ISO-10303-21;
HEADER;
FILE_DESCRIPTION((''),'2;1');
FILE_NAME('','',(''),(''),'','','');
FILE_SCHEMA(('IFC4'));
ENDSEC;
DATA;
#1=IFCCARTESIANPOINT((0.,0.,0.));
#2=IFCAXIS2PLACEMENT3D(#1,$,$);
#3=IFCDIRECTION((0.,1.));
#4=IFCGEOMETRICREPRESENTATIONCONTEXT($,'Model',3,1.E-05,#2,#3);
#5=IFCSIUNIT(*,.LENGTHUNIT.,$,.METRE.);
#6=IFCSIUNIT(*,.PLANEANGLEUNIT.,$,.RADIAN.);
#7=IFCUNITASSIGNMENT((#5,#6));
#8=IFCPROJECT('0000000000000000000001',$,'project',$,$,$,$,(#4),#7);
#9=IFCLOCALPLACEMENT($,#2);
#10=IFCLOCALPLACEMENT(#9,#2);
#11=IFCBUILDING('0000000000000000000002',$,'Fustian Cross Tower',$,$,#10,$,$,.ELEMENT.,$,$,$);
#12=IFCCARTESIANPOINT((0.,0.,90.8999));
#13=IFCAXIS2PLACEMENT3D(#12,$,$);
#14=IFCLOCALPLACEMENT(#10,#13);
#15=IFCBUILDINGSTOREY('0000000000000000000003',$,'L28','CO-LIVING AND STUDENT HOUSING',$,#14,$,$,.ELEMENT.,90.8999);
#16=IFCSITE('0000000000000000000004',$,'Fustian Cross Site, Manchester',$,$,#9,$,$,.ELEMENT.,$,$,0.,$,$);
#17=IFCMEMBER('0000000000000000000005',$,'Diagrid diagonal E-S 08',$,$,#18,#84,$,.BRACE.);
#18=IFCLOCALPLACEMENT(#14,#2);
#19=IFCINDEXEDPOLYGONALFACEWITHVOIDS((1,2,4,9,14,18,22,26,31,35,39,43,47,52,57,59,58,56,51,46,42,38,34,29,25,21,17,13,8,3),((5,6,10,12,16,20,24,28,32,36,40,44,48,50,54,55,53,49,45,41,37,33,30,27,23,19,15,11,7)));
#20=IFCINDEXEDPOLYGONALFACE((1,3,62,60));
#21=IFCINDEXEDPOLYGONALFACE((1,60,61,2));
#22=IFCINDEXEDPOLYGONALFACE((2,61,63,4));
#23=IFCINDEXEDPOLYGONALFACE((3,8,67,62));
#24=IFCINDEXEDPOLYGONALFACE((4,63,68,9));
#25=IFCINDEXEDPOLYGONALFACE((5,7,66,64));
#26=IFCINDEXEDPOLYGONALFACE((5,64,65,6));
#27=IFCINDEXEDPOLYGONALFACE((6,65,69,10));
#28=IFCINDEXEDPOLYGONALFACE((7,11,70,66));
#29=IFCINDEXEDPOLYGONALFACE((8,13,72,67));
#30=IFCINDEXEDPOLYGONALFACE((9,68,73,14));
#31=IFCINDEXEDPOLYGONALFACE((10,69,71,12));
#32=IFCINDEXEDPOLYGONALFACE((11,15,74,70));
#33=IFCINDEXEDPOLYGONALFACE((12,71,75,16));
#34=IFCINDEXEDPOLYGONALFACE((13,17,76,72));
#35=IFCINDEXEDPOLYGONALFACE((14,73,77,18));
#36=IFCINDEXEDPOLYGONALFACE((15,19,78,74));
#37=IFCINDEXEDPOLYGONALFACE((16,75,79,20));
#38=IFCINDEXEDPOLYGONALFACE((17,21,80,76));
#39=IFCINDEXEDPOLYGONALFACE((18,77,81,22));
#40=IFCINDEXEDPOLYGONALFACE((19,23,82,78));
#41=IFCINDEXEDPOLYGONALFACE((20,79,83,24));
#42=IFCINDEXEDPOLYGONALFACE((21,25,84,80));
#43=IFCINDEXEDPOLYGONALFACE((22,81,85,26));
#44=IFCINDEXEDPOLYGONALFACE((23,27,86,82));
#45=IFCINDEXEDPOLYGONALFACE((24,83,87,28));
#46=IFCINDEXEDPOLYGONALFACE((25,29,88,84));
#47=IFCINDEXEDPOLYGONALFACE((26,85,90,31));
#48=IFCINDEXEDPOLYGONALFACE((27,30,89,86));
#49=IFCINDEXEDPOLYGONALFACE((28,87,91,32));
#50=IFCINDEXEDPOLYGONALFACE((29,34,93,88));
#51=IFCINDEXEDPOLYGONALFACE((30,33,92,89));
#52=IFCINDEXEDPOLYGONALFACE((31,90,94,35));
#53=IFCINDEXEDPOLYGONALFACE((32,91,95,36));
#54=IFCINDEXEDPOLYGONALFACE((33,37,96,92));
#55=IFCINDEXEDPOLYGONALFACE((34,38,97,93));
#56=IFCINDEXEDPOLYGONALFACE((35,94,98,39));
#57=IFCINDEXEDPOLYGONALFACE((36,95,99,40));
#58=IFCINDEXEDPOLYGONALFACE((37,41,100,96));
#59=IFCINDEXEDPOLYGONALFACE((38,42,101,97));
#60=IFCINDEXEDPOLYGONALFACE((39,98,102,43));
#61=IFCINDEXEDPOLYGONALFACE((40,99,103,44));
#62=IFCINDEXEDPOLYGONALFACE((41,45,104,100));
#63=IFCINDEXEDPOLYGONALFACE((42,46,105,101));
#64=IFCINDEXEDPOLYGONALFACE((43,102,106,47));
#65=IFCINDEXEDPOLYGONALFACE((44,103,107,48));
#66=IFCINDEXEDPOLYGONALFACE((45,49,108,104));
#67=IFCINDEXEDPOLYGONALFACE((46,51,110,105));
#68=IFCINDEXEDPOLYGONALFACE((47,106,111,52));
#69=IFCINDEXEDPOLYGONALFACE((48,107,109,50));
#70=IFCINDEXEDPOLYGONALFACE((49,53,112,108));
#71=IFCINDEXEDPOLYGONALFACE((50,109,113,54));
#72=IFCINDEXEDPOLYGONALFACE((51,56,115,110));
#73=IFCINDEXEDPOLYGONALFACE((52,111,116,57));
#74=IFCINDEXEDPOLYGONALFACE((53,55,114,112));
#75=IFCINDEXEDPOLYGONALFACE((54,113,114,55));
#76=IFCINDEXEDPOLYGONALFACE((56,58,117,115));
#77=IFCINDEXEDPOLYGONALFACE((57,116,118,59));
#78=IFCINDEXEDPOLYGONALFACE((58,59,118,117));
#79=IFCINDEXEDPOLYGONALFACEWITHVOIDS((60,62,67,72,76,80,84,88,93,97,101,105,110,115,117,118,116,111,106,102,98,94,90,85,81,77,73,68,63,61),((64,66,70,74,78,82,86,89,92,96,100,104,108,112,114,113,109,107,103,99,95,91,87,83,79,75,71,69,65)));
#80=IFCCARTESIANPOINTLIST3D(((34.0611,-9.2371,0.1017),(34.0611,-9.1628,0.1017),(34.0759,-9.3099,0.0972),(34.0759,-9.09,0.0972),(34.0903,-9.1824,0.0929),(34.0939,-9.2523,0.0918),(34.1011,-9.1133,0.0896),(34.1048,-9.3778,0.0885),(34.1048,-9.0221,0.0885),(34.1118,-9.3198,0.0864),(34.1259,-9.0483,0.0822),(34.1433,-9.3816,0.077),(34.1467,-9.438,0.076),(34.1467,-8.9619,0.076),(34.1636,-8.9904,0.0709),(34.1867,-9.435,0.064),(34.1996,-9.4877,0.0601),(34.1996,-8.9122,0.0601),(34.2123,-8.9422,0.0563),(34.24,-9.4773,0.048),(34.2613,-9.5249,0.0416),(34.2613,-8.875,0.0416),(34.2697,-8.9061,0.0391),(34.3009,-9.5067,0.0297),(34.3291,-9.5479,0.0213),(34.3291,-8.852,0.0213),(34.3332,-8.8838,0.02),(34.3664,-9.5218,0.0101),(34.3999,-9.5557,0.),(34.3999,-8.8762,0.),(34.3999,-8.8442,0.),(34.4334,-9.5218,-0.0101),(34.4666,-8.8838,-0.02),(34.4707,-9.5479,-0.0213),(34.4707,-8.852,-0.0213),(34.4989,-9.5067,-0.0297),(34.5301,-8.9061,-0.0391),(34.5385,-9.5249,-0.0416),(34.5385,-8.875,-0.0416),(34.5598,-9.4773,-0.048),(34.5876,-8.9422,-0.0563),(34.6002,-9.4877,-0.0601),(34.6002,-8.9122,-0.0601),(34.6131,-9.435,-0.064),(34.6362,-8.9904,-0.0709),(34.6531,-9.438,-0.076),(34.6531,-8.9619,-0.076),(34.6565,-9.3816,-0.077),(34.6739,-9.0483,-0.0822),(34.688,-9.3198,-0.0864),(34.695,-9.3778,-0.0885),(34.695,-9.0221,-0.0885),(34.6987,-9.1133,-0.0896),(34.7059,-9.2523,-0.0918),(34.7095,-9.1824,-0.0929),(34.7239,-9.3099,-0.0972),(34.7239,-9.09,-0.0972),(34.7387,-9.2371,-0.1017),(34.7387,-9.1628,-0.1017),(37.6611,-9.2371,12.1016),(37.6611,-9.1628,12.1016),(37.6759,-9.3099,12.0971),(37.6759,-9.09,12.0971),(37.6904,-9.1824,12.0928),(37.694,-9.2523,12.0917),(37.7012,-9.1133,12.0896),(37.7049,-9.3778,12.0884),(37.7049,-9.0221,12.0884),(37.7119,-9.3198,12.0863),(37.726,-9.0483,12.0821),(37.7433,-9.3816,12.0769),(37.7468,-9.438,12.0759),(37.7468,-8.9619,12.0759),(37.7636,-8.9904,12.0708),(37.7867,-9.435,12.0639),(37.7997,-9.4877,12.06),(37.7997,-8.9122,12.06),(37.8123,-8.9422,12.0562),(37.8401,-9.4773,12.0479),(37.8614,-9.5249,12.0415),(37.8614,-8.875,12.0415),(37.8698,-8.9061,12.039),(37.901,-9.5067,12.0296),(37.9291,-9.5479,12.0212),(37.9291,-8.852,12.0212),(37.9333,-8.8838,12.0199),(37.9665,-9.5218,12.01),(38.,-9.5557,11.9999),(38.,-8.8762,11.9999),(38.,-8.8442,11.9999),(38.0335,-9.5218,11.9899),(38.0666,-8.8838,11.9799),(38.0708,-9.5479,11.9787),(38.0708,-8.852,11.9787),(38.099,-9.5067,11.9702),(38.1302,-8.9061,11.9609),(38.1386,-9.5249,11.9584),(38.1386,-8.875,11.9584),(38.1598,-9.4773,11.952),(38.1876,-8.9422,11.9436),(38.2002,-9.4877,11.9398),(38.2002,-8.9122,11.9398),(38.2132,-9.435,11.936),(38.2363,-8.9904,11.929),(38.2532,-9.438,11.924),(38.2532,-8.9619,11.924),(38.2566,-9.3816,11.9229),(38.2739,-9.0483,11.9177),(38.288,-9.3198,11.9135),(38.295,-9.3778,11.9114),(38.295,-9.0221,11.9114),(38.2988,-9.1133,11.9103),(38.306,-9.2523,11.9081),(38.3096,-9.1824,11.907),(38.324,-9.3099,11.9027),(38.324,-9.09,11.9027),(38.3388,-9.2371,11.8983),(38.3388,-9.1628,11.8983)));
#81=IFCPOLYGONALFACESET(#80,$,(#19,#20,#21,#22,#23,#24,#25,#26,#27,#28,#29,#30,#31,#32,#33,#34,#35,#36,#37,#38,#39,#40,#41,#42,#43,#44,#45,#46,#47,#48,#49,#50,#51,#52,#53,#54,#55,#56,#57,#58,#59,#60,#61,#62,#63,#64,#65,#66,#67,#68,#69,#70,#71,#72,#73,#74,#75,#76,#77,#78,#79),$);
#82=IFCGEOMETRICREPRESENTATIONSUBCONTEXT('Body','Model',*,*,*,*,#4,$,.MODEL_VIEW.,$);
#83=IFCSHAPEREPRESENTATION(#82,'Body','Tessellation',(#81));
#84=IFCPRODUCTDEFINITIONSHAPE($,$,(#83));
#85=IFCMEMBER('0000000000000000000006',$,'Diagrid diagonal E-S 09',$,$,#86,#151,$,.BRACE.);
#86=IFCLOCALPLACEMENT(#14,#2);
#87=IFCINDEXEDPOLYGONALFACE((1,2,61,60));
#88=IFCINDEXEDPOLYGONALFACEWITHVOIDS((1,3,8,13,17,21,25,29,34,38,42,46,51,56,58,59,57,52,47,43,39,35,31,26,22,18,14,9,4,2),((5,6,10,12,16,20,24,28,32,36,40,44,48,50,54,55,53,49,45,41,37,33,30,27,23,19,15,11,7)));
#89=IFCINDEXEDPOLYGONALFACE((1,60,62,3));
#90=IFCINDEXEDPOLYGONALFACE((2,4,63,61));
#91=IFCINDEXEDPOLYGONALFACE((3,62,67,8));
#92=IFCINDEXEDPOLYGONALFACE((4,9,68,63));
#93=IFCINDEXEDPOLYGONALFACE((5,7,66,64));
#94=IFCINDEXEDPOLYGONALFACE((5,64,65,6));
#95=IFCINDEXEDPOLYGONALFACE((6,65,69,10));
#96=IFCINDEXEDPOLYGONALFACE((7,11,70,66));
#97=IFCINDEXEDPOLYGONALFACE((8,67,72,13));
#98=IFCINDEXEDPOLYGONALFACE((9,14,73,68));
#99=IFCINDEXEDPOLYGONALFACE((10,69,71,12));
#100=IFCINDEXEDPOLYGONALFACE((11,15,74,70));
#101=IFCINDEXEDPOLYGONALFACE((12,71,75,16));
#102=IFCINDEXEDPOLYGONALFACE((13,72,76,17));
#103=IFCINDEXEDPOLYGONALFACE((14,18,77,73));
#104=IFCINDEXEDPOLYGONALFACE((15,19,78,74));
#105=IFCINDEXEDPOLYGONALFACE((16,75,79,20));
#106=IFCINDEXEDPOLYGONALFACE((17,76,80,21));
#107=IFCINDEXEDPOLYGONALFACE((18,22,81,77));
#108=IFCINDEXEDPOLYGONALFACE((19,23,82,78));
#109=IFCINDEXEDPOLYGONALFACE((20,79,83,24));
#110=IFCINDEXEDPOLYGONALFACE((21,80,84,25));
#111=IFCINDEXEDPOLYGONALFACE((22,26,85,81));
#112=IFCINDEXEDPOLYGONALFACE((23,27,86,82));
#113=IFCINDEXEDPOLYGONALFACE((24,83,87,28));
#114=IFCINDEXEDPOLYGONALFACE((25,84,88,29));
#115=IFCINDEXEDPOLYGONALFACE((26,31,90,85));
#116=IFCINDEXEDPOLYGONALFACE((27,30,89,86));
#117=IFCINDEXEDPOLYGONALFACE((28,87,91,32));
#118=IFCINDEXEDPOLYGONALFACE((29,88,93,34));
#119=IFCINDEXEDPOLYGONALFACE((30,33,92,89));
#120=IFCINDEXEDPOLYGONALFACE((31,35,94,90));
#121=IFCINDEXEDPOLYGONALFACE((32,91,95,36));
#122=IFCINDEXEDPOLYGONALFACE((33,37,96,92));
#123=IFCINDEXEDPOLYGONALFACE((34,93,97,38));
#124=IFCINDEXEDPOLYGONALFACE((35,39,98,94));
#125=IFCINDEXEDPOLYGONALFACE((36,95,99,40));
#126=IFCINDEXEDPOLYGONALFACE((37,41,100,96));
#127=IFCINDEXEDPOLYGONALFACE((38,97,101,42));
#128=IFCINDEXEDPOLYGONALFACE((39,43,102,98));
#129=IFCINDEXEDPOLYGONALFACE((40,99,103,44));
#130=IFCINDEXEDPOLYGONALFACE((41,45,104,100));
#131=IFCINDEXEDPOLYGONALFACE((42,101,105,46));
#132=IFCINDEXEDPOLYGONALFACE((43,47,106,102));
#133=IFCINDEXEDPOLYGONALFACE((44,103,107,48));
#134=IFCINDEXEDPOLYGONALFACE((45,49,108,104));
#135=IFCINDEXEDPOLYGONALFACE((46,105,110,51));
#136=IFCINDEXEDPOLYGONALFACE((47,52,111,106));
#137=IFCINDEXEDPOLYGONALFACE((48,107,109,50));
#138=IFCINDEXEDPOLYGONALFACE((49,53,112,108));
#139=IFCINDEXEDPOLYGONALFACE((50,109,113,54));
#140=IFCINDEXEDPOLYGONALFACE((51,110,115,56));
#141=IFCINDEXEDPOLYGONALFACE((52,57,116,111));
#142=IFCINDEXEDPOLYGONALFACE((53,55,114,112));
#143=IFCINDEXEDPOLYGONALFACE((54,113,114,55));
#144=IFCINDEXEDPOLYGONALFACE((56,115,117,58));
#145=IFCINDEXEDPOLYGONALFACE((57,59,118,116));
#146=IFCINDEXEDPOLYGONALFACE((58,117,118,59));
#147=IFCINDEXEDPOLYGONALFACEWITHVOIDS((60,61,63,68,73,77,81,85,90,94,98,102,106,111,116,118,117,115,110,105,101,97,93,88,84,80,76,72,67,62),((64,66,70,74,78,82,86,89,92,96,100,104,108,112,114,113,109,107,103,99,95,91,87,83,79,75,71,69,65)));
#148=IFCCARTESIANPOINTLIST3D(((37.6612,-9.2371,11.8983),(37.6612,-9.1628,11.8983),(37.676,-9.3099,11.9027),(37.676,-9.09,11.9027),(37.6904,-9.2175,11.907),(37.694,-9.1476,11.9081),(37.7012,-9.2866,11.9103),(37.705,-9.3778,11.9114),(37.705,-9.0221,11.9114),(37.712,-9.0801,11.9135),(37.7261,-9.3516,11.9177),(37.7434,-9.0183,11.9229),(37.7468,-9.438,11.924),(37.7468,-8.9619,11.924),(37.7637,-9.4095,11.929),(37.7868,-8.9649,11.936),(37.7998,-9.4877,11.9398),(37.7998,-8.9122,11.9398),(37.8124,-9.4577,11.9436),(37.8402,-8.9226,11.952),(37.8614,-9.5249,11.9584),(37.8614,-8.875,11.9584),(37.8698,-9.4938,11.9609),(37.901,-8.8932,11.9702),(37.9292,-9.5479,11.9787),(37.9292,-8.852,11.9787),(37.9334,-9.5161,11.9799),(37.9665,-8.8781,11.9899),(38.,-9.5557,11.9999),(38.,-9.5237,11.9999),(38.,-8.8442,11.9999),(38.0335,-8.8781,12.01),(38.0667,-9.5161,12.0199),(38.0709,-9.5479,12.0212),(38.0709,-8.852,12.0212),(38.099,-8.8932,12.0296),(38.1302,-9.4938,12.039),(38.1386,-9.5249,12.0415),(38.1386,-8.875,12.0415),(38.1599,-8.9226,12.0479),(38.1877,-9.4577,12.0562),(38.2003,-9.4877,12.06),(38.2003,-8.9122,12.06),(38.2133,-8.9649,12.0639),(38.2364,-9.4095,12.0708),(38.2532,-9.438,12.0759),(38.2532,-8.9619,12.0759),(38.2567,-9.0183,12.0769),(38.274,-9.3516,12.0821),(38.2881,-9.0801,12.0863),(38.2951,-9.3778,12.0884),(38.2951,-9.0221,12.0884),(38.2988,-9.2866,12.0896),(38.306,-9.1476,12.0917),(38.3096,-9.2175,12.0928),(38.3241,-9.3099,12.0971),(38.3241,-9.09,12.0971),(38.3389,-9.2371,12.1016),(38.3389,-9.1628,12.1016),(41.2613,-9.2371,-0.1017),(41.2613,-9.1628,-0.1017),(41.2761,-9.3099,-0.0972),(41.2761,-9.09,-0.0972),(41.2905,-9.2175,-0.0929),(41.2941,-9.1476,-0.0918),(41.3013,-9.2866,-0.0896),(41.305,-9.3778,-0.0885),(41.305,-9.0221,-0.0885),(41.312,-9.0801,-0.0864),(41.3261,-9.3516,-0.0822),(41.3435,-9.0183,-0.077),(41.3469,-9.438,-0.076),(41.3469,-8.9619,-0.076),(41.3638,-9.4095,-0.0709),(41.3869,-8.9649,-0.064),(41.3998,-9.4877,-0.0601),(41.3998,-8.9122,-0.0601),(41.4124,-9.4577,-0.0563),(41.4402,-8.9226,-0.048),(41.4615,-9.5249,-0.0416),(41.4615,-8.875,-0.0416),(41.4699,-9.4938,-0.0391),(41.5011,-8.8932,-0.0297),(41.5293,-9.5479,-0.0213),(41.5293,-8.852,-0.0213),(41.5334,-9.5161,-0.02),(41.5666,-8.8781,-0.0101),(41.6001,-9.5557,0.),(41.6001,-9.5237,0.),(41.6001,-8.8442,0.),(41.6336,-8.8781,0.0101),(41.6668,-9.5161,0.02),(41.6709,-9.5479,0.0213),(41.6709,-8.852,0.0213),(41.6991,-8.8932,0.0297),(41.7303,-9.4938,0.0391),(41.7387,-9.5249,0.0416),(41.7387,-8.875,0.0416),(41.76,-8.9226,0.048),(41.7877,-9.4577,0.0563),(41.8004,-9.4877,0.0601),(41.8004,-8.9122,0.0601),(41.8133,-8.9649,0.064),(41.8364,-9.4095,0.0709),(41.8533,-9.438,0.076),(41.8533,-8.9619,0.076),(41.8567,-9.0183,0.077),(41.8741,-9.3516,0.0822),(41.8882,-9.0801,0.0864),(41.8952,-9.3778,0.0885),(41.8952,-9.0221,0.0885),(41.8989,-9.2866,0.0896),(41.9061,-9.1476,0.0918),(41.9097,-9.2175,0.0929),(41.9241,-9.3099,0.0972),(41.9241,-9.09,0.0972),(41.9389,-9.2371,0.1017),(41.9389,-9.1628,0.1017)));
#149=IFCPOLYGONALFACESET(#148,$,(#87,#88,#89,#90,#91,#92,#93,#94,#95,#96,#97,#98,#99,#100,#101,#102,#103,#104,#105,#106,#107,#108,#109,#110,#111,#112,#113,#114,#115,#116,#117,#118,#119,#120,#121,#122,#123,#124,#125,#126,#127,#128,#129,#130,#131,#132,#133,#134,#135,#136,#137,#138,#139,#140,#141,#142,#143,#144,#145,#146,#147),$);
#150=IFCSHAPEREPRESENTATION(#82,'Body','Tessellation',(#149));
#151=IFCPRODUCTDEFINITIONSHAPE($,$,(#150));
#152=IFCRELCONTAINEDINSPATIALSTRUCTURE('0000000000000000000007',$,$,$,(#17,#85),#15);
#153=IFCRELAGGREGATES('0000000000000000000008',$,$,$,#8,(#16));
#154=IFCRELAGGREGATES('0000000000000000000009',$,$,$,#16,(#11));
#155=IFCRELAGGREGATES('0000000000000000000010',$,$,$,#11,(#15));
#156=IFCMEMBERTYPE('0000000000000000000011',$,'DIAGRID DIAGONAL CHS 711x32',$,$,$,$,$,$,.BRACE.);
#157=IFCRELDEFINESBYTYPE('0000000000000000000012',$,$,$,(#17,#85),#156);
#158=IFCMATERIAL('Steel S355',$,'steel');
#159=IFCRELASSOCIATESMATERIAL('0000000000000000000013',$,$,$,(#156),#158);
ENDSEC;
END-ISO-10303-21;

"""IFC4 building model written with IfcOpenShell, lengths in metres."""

from ifc_helpers import new_model, si_unit, direction, frame, origin, origin_2d, place, context, subcontext, project, spatial, hollow_circle, extrude, material, material_profile, profile_set, type_object, element, save


model = new_model("IFC4")

# Units and contexts
model_context = context("Model", 3, precision=1e-05, world=origin(), true_north=direction((0.0, 1.0)))
body_context = subcontext(model_context, "Body", "Model", "MODEL_VIEW")
ifc_project = project(units=[si_unit("LENGTHUNIT", "METRE"), si_unit("PLANEANGLEUNIT", "RADIAN")], contexts=[model_context])

# Site, building, storey
site_placement = place(None, origin())
site = spatial("IfcSite", under=ifc_project, at=site_placement, Name="Fustian Cross Site, Manchester", CompositionType="ELEMENT", RefElevation=0.0)
building_placement = place(site_placement, origin())
building = spatial("IfcBuilding", under=site, at=building_placement, Name="Fustian Cross Tower", CompositionType="ELEMENT")
storey_placement = place(building_placement, frame((0.0, 0.0, 90.8999)))
storey = spatial("IfcBuildingStorey", under=building, at=storey_placement, Name="L28", Description="CO-LIVING AND STUDENT HOUSING", CompositionType="ELEMENT", Elevation=90.8999)

# Members
ifc_material_1 = material(Name="Steel S355", Category="steel")
ifc_material_profile_1 = material_profile(ifc_material_1, hollow_circle(Radius=0.3557, WallThickness=0.032, at=origin_2d()), Name="CHS 711x32")
ifc_profile_set_1 = profile_set([ifc_material_profile_1], Name="Steel S355")
member_type_1 = type_object("IfcMemberType", Name="DIAGRID DIAGONAL CHS 711x32", PredefinedType="BRACE", material=ifc_profile_set_1)
for number, where, z_axis, x_axis, name in (
    (1, (34.3999, -9.2, 0.0), (0.287355, 0.0, 0.957824), (0.0, 1.0, 0.0), "Diagrid diagonal E-S 08"),
    (2, (41.6001, -9.2, 0.0), (-0.287355, 0.0, 0.957824), (0.0, -1.0, 0.0), "Diagrid diagonal E-S 09"),
):
    element("IfcMember", number, at=place(storey_placement, frame(where, z_axis=z_axis, x_axis=x_axis)), inside=storey, type_object=member_type_1, Name=name, PredefinedType="BRACE", context=body_context, shape_type="SweptSolid", body=[
        extrude(hollow_circle(Radius=0.3557, WallThickness=0.032, at=origin_2d()), origin(), (0.0, 0.0, 1.0), 12.5283),
    ])

save(model, "model.ifc")
